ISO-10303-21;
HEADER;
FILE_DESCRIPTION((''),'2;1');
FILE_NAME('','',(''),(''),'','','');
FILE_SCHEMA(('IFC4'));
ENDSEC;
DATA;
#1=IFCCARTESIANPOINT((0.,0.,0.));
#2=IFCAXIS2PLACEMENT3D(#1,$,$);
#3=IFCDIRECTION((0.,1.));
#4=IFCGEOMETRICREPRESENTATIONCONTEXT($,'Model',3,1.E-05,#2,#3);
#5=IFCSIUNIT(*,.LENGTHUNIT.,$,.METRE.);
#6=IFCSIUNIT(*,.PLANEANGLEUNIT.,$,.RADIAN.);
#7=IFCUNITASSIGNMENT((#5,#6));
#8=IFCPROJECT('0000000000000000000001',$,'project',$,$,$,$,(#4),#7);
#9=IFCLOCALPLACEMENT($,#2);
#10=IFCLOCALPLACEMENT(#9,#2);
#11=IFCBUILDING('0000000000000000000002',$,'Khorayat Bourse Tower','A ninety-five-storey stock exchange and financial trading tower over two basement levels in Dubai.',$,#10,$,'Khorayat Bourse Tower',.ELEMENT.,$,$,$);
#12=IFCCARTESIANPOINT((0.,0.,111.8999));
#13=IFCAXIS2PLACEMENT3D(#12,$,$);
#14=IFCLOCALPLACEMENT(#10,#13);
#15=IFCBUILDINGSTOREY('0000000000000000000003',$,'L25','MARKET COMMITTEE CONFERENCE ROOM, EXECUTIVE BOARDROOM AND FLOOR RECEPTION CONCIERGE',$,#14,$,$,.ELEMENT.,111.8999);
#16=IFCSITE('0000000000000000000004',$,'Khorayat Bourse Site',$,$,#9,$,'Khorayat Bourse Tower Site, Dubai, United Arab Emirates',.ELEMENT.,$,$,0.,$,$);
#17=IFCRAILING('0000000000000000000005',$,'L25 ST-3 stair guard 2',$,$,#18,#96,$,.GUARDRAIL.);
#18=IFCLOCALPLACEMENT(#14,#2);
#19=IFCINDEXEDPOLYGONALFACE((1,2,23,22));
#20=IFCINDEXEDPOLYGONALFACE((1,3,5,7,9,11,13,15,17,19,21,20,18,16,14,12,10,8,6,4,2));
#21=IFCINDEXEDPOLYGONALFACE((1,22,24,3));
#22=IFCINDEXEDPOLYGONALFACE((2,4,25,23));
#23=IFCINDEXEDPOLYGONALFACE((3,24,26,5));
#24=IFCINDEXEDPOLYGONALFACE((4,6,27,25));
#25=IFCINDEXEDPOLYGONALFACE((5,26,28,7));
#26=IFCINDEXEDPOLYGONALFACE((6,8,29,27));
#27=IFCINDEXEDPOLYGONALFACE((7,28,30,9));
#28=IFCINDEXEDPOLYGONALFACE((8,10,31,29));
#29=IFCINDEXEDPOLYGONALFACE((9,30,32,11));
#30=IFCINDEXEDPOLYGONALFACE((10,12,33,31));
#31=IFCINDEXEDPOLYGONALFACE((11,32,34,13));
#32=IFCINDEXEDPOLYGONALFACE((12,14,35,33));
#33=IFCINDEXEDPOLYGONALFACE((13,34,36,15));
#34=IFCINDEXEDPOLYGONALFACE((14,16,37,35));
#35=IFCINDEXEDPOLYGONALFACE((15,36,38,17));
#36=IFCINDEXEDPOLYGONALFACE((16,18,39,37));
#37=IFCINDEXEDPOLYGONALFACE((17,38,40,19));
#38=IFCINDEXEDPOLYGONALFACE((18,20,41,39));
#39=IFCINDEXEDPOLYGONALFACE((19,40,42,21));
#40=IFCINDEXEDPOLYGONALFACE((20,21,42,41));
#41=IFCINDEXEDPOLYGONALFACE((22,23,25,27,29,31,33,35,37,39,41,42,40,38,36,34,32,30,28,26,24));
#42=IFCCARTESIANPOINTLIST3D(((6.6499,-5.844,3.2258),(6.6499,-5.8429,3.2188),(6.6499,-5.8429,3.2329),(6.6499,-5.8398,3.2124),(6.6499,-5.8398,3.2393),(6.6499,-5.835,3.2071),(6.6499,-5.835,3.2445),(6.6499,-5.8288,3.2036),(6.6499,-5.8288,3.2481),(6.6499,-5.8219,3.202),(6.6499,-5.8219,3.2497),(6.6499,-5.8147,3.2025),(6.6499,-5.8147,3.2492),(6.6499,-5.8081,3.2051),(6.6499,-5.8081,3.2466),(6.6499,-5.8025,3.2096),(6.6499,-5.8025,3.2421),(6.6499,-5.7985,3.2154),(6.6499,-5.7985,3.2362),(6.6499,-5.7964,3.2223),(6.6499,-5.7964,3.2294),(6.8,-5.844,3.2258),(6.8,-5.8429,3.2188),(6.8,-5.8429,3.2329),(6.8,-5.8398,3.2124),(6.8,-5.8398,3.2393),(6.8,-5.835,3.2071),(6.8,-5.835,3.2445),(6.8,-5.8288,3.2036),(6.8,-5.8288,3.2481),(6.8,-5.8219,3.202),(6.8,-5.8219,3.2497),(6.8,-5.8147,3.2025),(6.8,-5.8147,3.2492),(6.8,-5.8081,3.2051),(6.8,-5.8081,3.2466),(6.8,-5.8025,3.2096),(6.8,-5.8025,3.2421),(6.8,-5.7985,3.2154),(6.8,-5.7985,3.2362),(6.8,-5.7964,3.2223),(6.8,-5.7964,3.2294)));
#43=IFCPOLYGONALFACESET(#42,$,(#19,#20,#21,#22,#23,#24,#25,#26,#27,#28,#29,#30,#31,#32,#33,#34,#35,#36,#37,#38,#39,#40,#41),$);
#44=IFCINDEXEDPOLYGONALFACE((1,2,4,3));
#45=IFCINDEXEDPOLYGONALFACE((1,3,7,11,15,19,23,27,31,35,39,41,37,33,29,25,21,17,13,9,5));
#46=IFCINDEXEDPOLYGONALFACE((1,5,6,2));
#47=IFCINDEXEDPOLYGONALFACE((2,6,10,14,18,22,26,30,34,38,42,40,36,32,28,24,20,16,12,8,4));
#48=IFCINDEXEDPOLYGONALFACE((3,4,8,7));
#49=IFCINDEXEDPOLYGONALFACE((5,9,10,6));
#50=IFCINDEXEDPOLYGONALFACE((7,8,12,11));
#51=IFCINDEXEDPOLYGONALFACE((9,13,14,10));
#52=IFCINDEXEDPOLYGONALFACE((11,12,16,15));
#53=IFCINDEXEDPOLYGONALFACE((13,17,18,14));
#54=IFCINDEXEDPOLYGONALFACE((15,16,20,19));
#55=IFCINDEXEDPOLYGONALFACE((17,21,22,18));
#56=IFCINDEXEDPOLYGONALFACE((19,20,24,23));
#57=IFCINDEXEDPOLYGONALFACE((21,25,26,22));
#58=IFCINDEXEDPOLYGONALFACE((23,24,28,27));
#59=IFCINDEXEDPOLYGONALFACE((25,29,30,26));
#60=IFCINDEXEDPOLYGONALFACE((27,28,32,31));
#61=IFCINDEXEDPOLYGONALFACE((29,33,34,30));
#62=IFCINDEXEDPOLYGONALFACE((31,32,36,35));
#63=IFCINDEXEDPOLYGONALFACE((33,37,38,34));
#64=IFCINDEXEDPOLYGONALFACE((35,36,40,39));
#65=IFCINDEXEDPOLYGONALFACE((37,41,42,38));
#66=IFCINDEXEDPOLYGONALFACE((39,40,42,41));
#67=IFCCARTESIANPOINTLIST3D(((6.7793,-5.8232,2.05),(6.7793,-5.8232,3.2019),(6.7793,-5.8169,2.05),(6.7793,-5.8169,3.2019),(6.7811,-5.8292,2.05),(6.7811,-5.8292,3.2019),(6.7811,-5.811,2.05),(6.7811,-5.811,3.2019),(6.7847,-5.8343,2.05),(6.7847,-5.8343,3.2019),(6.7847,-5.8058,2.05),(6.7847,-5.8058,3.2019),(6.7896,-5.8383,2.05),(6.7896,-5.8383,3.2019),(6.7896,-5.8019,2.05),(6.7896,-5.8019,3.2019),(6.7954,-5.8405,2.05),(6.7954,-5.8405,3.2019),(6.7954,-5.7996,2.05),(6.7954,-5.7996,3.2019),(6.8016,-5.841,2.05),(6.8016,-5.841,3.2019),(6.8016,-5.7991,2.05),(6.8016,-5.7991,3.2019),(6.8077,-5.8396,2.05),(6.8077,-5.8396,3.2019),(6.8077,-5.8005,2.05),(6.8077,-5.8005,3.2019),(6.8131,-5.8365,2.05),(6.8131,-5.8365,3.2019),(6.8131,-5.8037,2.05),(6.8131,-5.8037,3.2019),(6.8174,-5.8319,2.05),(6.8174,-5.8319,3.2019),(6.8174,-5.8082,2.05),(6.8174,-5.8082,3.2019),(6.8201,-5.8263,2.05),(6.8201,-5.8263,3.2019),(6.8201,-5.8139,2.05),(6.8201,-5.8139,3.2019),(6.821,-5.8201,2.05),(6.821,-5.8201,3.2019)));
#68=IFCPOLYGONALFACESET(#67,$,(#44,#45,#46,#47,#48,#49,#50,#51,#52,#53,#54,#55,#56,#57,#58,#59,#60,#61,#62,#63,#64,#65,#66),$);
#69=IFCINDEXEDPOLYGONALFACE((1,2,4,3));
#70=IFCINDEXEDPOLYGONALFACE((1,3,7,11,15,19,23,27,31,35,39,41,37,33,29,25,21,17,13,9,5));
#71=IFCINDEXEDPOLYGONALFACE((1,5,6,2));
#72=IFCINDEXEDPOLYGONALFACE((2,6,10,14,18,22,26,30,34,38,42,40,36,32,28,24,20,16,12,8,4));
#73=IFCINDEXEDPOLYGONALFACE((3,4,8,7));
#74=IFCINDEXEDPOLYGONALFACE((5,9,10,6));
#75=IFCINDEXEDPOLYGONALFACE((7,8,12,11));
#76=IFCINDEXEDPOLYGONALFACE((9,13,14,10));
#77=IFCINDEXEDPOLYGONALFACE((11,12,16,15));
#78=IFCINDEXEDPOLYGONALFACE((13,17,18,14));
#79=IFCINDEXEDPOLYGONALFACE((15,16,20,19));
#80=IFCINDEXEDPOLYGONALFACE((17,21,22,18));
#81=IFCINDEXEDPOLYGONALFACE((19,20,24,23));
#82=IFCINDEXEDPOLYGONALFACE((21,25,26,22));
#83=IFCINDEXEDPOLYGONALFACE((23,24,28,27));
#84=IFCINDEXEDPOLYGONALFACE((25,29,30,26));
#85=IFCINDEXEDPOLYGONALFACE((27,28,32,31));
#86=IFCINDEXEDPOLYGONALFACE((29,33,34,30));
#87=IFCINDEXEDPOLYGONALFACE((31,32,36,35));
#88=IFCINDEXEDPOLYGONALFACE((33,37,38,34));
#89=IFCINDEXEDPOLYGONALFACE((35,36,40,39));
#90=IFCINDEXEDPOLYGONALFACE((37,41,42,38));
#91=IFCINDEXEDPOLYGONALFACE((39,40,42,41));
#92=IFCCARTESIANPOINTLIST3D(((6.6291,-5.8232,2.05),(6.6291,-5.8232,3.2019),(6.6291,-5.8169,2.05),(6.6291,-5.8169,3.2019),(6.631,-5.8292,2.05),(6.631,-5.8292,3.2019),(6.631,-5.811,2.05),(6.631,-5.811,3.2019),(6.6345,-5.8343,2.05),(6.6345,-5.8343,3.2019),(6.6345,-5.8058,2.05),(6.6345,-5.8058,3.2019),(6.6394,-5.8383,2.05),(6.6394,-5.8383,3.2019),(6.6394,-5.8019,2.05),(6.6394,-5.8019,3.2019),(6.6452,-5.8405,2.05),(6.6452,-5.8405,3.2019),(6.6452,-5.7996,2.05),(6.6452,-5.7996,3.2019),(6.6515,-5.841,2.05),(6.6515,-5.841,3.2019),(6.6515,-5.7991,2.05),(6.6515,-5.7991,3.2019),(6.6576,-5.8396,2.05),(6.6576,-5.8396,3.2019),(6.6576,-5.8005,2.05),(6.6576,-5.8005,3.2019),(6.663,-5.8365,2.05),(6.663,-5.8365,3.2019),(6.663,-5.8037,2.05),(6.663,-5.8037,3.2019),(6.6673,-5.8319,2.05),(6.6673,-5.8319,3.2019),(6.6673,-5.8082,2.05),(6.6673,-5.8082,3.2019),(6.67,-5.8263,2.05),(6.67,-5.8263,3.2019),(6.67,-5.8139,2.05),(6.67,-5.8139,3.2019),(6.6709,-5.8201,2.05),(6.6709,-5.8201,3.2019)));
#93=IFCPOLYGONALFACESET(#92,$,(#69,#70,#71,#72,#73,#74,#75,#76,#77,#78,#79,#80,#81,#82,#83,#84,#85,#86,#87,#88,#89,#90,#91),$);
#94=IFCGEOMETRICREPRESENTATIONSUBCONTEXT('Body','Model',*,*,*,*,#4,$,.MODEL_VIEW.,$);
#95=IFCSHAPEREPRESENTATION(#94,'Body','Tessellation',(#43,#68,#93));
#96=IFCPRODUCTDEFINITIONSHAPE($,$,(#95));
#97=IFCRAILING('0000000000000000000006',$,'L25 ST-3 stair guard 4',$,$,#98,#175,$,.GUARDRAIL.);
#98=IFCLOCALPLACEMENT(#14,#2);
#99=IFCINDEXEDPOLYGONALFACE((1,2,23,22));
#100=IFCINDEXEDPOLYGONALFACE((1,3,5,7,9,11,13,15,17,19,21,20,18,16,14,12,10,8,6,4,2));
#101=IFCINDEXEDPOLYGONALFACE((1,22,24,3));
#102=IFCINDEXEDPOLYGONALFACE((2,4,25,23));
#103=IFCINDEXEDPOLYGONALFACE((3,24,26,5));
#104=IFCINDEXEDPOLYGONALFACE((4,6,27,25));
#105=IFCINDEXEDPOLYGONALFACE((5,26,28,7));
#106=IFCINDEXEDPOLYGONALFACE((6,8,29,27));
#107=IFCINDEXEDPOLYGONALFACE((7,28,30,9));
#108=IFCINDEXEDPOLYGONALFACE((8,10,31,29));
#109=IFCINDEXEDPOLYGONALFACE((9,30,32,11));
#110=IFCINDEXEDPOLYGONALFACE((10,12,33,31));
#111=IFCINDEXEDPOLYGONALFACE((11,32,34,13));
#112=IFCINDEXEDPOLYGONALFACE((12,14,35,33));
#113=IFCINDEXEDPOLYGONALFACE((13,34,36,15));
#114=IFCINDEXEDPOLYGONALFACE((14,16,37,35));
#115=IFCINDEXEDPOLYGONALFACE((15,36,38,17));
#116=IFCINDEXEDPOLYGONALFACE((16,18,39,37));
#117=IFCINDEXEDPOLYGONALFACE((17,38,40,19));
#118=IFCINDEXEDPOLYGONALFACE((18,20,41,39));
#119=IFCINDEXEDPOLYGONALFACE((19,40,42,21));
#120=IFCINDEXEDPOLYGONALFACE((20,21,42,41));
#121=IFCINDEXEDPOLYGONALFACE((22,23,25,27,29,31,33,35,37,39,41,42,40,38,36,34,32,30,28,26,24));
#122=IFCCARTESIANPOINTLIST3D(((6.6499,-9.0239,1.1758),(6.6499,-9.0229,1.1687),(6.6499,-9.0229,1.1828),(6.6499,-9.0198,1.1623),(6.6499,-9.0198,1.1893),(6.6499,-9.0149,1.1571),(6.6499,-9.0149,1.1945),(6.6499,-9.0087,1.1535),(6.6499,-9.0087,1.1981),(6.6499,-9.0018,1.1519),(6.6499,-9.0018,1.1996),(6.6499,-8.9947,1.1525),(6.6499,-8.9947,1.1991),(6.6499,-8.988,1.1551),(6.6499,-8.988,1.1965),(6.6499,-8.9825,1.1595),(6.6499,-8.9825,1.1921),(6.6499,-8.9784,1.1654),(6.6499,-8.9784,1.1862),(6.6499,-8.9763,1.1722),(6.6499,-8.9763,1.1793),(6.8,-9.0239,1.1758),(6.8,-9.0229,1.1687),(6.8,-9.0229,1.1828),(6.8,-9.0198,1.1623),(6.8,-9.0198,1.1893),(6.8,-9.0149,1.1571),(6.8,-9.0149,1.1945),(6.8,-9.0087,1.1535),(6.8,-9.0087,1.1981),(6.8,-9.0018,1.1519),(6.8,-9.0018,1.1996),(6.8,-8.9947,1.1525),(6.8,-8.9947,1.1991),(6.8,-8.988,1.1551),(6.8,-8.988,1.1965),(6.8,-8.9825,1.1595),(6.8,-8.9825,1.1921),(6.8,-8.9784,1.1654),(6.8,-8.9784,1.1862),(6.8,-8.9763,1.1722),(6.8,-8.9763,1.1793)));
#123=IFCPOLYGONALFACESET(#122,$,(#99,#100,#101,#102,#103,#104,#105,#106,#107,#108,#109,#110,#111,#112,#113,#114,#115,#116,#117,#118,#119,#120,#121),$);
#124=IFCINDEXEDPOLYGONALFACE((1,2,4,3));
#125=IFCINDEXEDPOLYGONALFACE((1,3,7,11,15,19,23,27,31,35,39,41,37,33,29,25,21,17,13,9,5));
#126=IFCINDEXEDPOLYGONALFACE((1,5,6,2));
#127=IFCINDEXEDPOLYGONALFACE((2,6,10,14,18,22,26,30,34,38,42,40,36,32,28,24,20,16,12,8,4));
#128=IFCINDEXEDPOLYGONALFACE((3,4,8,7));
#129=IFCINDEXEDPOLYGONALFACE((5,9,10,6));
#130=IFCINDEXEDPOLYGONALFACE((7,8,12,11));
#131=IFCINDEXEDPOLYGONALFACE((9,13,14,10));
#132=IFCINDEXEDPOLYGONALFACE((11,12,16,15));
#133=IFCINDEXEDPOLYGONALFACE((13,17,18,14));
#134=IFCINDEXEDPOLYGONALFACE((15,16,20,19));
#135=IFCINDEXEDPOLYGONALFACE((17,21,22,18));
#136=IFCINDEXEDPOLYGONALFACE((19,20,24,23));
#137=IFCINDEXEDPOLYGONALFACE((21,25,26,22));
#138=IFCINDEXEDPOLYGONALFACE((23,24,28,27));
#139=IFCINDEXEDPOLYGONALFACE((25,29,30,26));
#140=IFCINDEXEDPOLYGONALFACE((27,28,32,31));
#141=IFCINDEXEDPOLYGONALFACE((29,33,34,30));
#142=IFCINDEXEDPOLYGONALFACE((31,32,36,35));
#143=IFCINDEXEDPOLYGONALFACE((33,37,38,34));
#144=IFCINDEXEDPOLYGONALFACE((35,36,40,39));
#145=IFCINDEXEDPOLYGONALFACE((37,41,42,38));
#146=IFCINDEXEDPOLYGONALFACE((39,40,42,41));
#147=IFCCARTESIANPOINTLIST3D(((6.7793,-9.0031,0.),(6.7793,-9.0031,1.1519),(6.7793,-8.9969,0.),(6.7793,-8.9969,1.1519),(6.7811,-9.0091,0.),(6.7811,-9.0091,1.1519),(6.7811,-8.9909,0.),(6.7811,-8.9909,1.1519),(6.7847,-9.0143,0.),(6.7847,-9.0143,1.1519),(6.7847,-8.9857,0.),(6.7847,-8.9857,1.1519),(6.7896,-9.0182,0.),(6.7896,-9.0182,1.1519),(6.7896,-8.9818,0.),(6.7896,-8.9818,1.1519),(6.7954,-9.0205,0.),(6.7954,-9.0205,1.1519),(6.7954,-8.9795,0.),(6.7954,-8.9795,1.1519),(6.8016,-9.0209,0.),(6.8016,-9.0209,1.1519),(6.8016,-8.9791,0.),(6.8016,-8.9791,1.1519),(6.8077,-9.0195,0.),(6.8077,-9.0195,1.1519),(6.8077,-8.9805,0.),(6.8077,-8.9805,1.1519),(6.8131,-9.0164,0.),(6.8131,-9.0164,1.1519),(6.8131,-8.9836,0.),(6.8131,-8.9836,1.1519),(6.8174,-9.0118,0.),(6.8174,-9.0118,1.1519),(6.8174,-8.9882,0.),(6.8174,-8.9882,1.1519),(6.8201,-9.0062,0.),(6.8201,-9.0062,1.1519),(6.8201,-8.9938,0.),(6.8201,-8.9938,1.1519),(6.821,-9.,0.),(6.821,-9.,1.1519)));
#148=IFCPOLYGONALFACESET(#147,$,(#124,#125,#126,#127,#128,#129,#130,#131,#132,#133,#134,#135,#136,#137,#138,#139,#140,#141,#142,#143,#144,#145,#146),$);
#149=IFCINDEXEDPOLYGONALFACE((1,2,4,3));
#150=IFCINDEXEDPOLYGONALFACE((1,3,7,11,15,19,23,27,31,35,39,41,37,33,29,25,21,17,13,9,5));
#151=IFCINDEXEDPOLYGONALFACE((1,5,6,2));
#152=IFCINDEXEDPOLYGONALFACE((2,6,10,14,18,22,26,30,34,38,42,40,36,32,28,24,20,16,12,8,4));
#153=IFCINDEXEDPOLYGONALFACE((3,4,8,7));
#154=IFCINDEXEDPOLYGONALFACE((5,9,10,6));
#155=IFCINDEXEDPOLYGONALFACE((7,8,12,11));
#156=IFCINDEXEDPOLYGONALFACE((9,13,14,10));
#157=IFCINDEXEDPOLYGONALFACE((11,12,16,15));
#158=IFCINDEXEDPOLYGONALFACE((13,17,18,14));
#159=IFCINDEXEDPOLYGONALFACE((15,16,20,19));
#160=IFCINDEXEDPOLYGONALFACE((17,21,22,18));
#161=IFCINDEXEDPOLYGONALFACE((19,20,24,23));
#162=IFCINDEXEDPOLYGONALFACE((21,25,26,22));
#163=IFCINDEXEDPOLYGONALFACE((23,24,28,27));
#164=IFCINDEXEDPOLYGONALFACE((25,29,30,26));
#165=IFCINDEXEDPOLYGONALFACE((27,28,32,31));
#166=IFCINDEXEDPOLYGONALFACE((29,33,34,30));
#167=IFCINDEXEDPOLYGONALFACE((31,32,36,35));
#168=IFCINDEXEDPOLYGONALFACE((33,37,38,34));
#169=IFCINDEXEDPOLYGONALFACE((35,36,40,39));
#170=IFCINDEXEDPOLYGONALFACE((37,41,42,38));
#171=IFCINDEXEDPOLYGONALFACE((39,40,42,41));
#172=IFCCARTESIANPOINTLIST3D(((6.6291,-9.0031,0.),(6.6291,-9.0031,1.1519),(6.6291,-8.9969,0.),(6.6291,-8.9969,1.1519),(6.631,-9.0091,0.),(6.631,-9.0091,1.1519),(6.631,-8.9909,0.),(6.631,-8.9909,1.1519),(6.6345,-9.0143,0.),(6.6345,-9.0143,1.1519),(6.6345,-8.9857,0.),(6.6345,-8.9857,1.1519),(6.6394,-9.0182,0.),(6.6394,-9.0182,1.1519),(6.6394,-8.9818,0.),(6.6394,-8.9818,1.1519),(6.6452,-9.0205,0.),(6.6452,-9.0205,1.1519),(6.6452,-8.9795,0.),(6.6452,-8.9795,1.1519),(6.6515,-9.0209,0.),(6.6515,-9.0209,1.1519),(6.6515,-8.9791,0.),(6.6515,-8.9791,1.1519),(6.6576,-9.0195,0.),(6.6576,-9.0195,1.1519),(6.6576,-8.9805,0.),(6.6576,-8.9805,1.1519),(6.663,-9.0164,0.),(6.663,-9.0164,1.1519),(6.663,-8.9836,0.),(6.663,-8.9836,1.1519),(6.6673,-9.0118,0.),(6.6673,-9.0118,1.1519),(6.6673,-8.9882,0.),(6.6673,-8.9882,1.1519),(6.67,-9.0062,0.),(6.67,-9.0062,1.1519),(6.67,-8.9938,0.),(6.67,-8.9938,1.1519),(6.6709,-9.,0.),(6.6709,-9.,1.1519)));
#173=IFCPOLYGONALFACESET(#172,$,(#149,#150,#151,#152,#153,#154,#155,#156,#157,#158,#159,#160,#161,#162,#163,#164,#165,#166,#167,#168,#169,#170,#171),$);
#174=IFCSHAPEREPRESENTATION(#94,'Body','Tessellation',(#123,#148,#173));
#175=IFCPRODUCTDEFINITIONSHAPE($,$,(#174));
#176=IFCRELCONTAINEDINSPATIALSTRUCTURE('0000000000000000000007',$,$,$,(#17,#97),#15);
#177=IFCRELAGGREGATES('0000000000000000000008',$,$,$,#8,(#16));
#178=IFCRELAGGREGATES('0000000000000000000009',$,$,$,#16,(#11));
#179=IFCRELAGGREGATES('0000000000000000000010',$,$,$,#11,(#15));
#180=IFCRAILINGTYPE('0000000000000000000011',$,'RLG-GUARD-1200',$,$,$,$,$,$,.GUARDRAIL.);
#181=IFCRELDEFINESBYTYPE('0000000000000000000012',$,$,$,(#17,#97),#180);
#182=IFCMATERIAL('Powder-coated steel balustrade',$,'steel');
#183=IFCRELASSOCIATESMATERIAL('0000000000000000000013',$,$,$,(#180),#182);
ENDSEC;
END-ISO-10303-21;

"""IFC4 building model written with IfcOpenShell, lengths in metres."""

from ifc_helpers import new_model, si_unit, direction, frame, origin, origin_2d, place, context, subcontext, project, spatial, circle, extrude, source, transform, mapped, material, type_object, element, save


model = new_model("IFC4")

# Units and contexts
model_context = context("Model", 3, precision=1e-05, world=origin(), true_north=direction((0.0, 1.0)))
body_context = subcontext(model_context, "Body", "Model", "MODEL_VIEW")
ifc_project = project(units=[si_unit("LENGTHUNIT", "METRE"), si_unit("PLANEANGLEUNIT", "RADIAN")], contexts=[model_context])

# Site, building, storey
site_placement = place(None, origin())
site = spatial("IfcSite", under=ifc_project, at=site_placement, Name="Khorayat Bourse Site", LongName="Khorayat Bourse Tower Site, Dubai, United Arab Emirates", CompositionType="ELEMENT", RefElevation=0.0)
building_placement = place(site_placement, origin())
building = spatial("IfcBuilding", under=site, at=building_placement, Name="Khorayat Bourse Tower", Description="A ninety-five-storey stock exchange and financial trading tower over two basement levels in Dubai.", LongName="Khorayat Bourse Tower", CompositionType="ELEMENT")
storey_placement = place(building_placement, frame((0.0, 0.0, 111.8999)))
storey = spatial("IfcBuildingStorey", under=building, at=storey_placement, Name="L25", Description="MARKET COMMITTEE CONFERENCE ROOM, EXECUTIVE BOARDROOM AND FLOOR RECEPTION CONCIERGE", CompositionType="ELEMENT", Elevation=111.8999)

# Railings
ifc_material_1 = material(Name="Powder-coated steel balustrade", Category="steel")
railing_type_1 = type_object("IfcRailingType", Name="RLG-GUARD-1200", PredefinedType="GUARDRAIL", material=ifc_material_1)
shared_shape_1 = source(origin(), body_context, "Body", "SweptSolid", [
    extrude(circle(Radius=0.0239, at=origin_2d()), frame((0.0, 0.0, 1.1758), z_axis=(-1.0, 0.0, 0.0), x_axis=(0.0, -1.0, 0.0)), (0.0, 0.0, 1.0), 0.1501),
    extrude(circle(Radius=0.021, at=origin_2d()), origin(), (0.0, 0.0, 1.0), 1.1519),
    extrude(circle(Radius=0.021, at=origin_2d()), frame((-0.1501, 0.0, 0.0)), (0.0, 0.0, 1.0), 1.1519),
])
for number, where, name in (
    (1, (6.8, -5.8201, 2.05), "L25 ST-3 stair guard 2"),
    (2, (6.8, -9.0, 0.0), "L25 ST-3 stair guard 4"),
):
    element("IfcRailing", number, at=place(storey_placement, frame(where)), inside=storey, type_object=railing_type_1, Name=name, PredefinedType="GUARDRAIL", context=body_context, shape_type="MappedRepresentation", body=[
        mapped(shared_shape_1, transform((0.0, 0.0, 0.0), scale=1.0)),
    ])

save(model, "model.ifc")
